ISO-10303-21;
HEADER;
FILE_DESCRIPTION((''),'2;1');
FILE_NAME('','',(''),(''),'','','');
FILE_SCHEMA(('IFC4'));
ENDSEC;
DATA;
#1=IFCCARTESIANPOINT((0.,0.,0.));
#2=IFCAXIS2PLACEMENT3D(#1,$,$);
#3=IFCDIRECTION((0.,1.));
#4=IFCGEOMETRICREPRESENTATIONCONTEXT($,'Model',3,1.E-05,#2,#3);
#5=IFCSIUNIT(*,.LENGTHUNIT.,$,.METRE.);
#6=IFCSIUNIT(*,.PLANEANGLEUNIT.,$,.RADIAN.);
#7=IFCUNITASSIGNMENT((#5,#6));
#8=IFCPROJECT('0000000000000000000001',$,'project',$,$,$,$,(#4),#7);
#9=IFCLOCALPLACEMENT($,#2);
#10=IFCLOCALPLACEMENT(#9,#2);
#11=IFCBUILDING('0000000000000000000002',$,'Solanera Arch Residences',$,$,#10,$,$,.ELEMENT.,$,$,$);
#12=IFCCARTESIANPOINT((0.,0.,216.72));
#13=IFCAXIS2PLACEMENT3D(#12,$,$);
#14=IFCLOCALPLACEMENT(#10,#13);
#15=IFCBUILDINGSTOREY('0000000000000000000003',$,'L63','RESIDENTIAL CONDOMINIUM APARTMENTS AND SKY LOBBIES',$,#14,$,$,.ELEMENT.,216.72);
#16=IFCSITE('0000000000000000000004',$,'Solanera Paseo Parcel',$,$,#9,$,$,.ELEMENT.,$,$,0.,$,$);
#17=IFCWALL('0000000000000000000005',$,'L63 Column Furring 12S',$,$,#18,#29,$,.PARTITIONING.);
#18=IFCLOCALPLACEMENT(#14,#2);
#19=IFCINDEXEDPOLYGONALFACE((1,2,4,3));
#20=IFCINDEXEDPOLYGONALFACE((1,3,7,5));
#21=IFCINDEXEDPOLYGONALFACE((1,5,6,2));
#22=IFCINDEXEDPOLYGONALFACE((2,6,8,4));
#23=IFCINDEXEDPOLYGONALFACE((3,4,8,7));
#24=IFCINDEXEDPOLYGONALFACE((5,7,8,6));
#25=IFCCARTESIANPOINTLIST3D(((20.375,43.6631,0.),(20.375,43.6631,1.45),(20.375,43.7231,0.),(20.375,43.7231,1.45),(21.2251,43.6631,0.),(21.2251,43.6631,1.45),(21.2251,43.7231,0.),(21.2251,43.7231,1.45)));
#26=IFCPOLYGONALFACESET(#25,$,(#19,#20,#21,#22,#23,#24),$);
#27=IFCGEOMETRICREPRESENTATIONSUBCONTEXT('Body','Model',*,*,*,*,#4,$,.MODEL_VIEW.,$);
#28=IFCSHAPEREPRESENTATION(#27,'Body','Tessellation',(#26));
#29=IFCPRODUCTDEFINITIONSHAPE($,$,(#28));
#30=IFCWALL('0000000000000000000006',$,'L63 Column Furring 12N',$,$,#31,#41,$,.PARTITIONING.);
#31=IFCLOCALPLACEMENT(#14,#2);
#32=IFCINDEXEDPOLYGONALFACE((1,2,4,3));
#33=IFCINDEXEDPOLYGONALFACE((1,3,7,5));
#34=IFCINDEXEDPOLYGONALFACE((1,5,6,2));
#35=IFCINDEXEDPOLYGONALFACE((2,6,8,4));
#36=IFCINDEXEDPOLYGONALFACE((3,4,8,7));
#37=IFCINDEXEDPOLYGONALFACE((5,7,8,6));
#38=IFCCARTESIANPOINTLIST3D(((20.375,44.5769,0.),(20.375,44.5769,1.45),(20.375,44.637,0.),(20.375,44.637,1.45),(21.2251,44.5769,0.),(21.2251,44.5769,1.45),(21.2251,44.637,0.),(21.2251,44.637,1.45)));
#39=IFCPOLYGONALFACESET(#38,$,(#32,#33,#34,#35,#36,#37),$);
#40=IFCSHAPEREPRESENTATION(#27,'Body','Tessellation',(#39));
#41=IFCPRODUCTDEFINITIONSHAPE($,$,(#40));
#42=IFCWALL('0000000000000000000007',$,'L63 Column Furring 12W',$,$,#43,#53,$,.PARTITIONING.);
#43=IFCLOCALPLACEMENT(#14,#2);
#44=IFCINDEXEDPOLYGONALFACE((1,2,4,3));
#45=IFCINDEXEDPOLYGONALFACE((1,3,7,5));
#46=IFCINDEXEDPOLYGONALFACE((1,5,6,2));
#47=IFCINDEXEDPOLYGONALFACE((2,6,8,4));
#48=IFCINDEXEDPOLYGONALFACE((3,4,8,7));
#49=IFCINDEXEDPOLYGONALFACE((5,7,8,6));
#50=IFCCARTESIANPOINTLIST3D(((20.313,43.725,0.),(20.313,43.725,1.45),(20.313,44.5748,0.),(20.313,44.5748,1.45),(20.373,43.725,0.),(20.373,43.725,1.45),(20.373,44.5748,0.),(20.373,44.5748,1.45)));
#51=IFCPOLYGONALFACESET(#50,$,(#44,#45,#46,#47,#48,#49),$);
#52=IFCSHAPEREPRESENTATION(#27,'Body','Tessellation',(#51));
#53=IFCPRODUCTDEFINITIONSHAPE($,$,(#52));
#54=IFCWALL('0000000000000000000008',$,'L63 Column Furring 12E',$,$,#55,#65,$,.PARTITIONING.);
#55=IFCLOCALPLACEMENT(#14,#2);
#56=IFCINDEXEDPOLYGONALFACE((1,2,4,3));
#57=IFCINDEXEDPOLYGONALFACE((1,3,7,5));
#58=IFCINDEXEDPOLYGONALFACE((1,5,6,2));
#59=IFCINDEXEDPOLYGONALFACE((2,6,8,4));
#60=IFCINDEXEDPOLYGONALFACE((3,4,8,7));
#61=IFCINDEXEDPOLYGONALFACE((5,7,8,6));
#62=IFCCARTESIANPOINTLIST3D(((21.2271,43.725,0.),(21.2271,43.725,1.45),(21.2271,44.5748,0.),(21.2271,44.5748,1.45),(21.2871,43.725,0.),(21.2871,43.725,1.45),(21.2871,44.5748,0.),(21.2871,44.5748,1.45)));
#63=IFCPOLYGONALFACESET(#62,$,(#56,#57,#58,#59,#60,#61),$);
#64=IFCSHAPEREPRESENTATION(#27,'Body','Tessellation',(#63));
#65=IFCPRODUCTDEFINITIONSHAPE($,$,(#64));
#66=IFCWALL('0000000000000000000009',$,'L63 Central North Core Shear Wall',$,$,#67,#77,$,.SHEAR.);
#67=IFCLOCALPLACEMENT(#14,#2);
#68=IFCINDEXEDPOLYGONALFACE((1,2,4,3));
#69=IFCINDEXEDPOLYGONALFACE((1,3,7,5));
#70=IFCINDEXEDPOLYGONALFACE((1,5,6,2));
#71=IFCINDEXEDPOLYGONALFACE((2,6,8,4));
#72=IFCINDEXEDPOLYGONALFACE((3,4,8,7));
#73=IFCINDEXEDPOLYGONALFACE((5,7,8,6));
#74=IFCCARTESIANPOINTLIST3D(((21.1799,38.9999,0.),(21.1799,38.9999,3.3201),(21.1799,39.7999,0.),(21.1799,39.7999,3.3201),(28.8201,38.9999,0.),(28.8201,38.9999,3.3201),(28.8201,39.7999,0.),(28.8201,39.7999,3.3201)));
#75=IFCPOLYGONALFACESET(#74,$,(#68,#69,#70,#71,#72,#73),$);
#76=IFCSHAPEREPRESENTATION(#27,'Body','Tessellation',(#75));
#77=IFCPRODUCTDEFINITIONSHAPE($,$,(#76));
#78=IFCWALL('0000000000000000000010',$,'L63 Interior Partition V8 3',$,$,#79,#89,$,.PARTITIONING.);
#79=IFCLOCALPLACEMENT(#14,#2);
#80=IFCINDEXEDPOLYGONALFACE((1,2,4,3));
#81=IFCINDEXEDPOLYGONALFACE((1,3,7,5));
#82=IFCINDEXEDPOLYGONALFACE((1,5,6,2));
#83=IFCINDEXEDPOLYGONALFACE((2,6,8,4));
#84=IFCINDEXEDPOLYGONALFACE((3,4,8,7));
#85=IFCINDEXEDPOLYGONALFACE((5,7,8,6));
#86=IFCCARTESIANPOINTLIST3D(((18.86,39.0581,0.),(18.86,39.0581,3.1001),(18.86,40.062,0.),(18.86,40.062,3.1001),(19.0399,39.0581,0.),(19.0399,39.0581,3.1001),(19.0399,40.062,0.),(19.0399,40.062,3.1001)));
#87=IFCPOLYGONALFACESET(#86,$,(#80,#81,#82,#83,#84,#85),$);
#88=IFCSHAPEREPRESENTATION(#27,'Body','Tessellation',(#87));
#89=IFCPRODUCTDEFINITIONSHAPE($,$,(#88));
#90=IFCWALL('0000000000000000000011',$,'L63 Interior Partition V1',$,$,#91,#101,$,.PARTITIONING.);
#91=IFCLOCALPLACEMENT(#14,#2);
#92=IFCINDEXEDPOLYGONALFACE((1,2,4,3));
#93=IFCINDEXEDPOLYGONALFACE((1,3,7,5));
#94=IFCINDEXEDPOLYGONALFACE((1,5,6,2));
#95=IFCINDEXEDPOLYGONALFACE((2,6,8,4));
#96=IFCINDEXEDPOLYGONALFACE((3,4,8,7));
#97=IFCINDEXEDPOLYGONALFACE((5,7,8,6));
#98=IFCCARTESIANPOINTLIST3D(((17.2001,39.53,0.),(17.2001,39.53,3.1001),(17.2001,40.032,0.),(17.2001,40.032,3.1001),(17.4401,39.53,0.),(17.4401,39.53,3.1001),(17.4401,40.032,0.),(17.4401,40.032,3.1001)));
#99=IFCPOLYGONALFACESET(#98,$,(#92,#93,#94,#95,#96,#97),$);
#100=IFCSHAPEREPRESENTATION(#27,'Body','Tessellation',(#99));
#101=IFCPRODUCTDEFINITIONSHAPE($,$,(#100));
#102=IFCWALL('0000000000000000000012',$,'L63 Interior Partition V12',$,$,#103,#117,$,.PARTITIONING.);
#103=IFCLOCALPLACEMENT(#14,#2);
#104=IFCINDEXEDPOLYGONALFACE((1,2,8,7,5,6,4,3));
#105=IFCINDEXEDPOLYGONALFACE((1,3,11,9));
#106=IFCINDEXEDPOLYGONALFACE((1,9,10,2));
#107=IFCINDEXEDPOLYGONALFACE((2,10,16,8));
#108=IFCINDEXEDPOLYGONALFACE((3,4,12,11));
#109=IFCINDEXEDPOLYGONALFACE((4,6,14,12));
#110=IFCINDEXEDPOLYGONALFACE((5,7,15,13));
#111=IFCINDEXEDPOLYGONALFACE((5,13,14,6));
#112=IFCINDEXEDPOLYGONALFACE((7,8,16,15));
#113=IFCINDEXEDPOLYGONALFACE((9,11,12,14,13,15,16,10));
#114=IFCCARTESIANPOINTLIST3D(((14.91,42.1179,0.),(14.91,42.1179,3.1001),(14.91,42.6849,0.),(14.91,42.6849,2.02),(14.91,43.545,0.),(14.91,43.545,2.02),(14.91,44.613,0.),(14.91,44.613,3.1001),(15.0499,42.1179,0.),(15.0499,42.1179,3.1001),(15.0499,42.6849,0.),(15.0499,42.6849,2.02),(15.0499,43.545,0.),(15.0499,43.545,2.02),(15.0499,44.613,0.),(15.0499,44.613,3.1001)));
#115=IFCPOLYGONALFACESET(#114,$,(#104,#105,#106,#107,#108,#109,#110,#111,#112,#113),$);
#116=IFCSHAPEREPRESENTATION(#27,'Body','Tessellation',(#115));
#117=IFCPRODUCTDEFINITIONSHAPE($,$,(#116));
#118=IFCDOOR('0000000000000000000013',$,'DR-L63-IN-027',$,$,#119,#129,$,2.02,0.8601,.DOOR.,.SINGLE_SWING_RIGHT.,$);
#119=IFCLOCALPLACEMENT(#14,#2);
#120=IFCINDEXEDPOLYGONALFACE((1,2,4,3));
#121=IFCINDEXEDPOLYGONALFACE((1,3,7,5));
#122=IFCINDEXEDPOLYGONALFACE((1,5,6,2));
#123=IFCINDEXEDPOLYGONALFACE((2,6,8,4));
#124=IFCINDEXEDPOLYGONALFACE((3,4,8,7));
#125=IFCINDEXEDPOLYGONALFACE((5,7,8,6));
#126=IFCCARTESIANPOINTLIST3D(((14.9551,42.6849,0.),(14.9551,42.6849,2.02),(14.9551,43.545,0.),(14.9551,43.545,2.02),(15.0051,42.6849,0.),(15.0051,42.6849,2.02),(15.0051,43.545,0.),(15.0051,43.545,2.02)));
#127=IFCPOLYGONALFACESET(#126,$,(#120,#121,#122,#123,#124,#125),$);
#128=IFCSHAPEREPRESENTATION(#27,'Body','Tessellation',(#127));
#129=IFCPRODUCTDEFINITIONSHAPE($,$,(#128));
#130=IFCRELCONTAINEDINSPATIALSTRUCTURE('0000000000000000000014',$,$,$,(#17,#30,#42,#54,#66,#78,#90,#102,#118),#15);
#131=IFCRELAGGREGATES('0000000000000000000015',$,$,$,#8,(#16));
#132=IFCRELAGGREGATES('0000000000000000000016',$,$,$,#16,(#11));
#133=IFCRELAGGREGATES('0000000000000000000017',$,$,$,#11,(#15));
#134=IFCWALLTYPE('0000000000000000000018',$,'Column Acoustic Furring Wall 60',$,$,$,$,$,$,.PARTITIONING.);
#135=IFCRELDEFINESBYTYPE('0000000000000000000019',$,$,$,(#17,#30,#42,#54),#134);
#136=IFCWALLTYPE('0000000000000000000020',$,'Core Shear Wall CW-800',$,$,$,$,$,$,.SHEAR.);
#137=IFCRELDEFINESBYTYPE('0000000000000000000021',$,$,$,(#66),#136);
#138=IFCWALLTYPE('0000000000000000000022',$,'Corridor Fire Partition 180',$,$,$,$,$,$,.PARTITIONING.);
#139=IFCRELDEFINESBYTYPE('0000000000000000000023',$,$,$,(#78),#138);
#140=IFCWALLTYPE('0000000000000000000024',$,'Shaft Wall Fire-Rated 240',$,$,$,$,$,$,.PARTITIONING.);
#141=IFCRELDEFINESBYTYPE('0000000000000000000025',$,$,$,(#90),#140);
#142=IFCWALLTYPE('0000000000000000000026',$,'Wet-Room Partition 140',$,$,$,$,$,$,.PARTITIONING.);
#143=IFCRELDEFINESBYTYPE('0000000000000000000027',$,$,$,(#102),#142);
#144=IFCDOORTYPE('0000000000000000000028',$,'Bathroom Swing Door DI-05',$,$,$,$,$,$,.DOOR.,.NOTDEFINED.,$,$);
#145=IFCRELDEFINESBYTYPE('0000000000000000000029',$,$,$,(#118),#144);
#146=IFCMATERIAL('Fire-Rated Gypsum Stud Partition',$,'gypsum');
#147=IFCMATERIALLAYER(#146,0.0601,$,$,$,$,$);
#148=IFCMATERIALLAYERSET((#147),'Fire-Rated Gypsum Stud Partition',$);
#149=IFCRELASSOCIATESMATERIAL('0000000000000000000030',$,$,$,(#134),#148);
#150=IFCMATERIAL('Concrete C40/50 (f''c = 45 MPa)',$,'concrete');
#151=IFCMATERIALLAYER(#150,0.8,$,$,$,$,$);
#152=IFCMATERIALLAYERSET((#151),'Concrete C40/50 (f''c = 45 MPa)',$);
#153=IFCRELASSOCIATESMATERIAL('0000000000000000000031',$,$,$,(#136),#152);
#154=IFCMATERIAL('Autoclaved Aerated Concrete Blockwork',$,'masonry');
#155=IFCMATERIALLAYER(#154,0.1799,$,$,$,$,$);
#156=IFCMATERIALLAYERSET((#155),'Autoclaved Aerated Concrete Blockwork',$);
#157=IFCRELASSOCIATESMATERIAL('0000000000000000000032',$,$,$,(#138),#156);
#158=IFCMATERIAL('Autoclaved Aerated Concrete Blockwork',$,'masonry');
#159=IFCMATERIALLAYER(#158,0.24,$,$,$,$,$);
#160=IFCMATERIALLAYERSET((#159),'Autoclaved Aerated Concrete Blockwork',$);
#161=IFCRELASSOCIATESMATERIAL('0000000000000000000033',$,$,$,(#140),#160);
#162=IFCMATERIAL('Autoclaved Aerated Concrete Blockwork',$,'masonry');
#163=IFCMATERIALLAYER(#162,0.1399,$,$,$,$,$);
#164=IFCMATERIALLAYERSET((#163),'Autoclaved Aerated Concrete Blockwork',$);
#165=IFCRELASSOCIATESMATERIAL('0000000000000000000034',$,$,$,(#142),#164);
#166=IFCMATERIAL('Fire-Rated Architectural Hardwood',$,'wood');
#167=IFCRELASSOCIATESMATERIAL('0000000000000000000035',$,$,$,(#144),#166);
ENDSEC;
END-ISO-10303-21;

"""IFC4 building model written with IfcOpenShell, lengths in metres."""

from ifc_helpers import new_model, si_unit, direction, frame, frame_2d, origin, place, context, subcontext, project, spatial, rectangle, extrude, material, layer, layer_set, type_object, element, fill, save


model = new_model("IFC4")

# Units and contexts
model_context = context("Model", 3, precision=1e-05, world=origin(), true_north=direction((0.0, 1.0)))
body_context = subcontext(model_context, "Body", "Model", "MODEL_VIEW")
ifc_project = project(units=[si_unit("LENGTHUNIT", "METRE"), si_unit("PLANEANGLEUNIT", "RADIAN")], contexts=[model_context])

# Site, building, storey
site_placement = place(None, origin())
site = spatial("IfcSite", under=ifc_project, at=site_placement, Name="Solanera Paseo Parcel", CompositionType="ELEMENT", RefElevation=0.0)
building_placement = place(site_placement, origin())
building = spatial("IfcBuilding", under=site, at=building_placement, Name="Solanera Arch Residences", CompositionType="ELEMENT")
storey_placement = place(building_placement, frame((0.0, 0.0, 216.72)))
storey = spatial("IfcBuildingStorey", under=building, at=storey_placement, Name="L63", Description="RESIDENTIAL CONDOMINIUM APARTMENTS AND SKY LOBBIES", CompositionType="ELEMENT", Elevation=216.72)

# Walls
ifc_material_1 = material(Name="Fire-Rated Gypsum Stud Partition", Category="gypsum")
ifc_layer_1 = layer(ifc_material_1, 0.0601)
ifc_layer_set_1 = layer_set([ifc_layer_1], Name="Fire-Rated Gypsum Stud Partition")
wall_type_1 = type_object("IfcWallType", Name="Column Acoustic Furring Wall 60", PredefinedType="PARTITIONING", material=ifc_layer_set_1)
for number, where, z_axis, x_axis, name in (
    (1, (20.375, 43.6931, 0.0), (0.0, 0.0, 1.0), (1.0, 0.0, 0.0), "L63 Column Furring 12S"),
    (2, (20.375, 44.6069, 0.0), (0.0, 0.0, 1.0), (1.0, 0.0, 0.0), "L63 Column Furring 12N"),
):
    element("IfcWall", number, at=place(storey_placement, frame(where, z_axis=z_axis, x_axis=x_axis)), inside=storey, type_object=wall_type_1, Name=name, PredefinedType="PARTITIONING", context=body_context, shape_type="SweptSolid", body=[
        extrude(rectangle(XDim=0.8501, YDim=0.0601, at=frame_2d((0.425, 0.0))), origin(), (0.0, 0.0, 1.0), 1.45),
    ])
for number, where, z_axis, x_axis, name in (
    (3, (20.343, 43.7251, 0.0), (0.0, 0.0, 1.0), (0.0, 1.0, 0.0), "L63 Column Furring 12W"),
    (4, (21.2571, 43.7251, 0.0), (0.0, 0.0, 1.0), (0.0, 1.0, 0.0), "L63 Column Furring 12E"),
):
    element("IfcWall", number, at=place(storey_placement, frame(where, z_axis=z_axis, x_axis=x_axis)), inside=storey, type_object=wall_type_1, Name=name, PredefinedType="PARTITIONING", context=body_context, shape_type="SweptSolid", body=[
        extrude(rectangle(XDim=0.8499, YDim=0.0601, at=frame_2d((0.4248, 0.0))), origin(), (0.0, 0.0, 1.0), 1.45),
    ])
ifc_material_2 = material(Name="Concrete C40/50 (f'c = 45 MPa)", Category="concrete")
ifc_layer_2 = layer(ifc_material_2, 0.8)
ifc_layer_set_2 = layer_set([ifc_layer_2], Name="Concrete C40/50 (f'c = 45 MPa)")
wall_type_2 = type_object("IfcWallType", Name="Core Shear Wall CW-800", PredefinedType="SHEAR", material=ifc_layer_set_2)
wall_1_placement = place(storey_placement, frame((21.1799, 39.3999, 0.0), z_axis=(0.0, 0.0, 1.0), x_axis=(1.0, 0.0, 0.0)))
element("IfcWall", 5, at=wall_1_placement, inside=storey, type_object=wall_type_2, Name="L63 Central North Core Shear Wall", PredefinedType="SHEAR", context=body_context, shape_type="SweptSolid", body=[
    extrude(rectangle(XDim=7.6401, YDim=0.8, at=frame_2d((3.8201, 0.0))), origin(), (0.0, 0.0, 1.0), 3.3201),
])
ifc_material_3 = material(Name="Autoclaved Aerated Concrete Blockwork", Category="masonry")
ifc_layer_3 = layer(ifc_material_3, 0.1799)
ifc_layer_set_3 = layer_set([ifc_layer_3], Name="Autoclaved Aerated Concrete Blockwork")
wall_type_3 = type_object("IfcWallType", Name="Corridor Fire Partition 180", PredefinedType="PARTITIONING", material=ifc_layer_set_3)
wall_2_placement = place(storey_placement, frame((18.95, 39.0581, 0.0), z_axis=(0.0, 0.0, 1.0), x_axis=(0.0, 1.0, 0.0)))
element("IfcWall", 6, at=wall_2_placement, inside=storey, type_object=wall_type_3, Name="L63 Interior Partition V8 3", PredefinedType="PARTITIONING", context=body_context, shape_type="SweptSolid", body=[
    extrude(rectangle(XDim=1.0039, YDim=0.1799, at=frame_2d((0.502, 0.0))), origin(), (0.0, 0.0, 1.0), 3.1001),
])
ifc_material_4 = material(Name="Autoclaved Aerated Concrete Blockwork", Category="masonry")
ifc_layer_4 = layer(ifc_material_4, 0.24)
ifc_layer_set_4 = layer_set([ifc_layer_4], Name="Autoclaved Aerated Concrete Blockwork")
wall_type_4 = type_object("IfcWallType", Name="Shaft Wall Fire-Rated 240", PredefinedType="PARTITIONING", material=ifc_layer_set_4)
wall_3_placement = place(storey_placement, frame((17.3201, 39.53, 0.0), z_axis=(0.0, 0.0, 1.0), x_axis=(0.0, 1.0, 0.0)))
element("IfcWall", 7, at=wall_3_placement, inside=storey, type_object=wall_type_4, Name="L63 Interior Partition V1", PredefinedType="PARTITIONING", context=body_context, shape_type="SweptSolid", body=[
    extrude(rectangle(XDim=0.502, YDim=0.24, at=frame_2d((0.251, 0.0))), origin(), (0.0, 0.0, 1.0), 3.1001),
])

# Wall, opening, door
ifc_material_5 = material(Name="Autoclaved Aerated Concrete Blockwork", Category="masonry")
ifc_layer_5 = layer(ifc_material_5, 0.1399)
ifc_layer_set_5 = layer_set([ifc_layer_5], Name="Autoclaved Aerated Concrete Blockwork")
wall_type_5 = type_object("IfcWallType", Name="Wet-Room Partition 140", PredefinedType="PARTITIONING", material=ifc_layer_set_5)
wall_4_placement = place(storey_placement, frame((14.98, 42.1179, 0.0), z_axis=(0.0, 0.0, 1.0), x_axis=(0.0, 1.0, 0.0)))
wall_4 = element("IfcWall", 8, at=wall_4_placement, inside=storey, type_object=wall_type_5, Name="L63 Interior Partition V12", PredefinedType="PARTITIONING", context=body_context, shape_type="SweptSolid", body=[
    extrude(rectangle(XDim=2.4951, YDim=0.1399, at=frame_2d((1.2476, 0.0))), origin(), (0.0, 0.0, 1.0), 3.1001),
])
opening_placement = place(wall_4_placement, frame((0.5669, 0.0, 0.0)))
opening = element("IfcOpeningElement", 9, at=opening_placement, cuts=wall_4, PredefinedType="OPENING", context=body_context, shape_type="SweptSolid", body=[
    extrude(rectangle(XDim=0.8601, YDim=2.02, at=frame_2d((0.4302, 1.01))), frame((0.0, 0.0798, 0.0), z_axis=(0.0, -1.0, 0.0), x_axis=(1.0, 0.0, 0.0)), (0.0, 0.0, 1.0), 0.1599),
])
ifc_material_6 = material(Name="Fire-Rated Architectural Hardwood", Category="wood")
door_type = type_object("IfcDoorType", Name="Bathroom Swing Door DI-05", OperationType="NOTDEFINED", PredefinedType="DOOR", material=ifc_material_6)
door_placement = place(opening_placement, origin())
door = element("IfcDoor", 10, at=door_placement, inside=storey, type_object=door_type, Name="DR-L63-IN-027", OperationType="SINGLE_SWING_RIGHT", OverallHeight=2.02, OverallWidth=0.8601, PredefinedType="DOOR", context=body_context, shape_type="SweptSolid", body=[
    extrude(rectangle(XDim=0.8601, YDim=2.02, at=frame_2d((0.4302, 1.01))), frame((0.0, 0.0249, 0.0), z_axis=(0.0, -1.0, 0.0), x_axis=(1.0, 0.0, 0.0)), (0.0, 0.0, 1.0), 0.05),
])
fill(opening, door)

save(model, "model.ifc")
